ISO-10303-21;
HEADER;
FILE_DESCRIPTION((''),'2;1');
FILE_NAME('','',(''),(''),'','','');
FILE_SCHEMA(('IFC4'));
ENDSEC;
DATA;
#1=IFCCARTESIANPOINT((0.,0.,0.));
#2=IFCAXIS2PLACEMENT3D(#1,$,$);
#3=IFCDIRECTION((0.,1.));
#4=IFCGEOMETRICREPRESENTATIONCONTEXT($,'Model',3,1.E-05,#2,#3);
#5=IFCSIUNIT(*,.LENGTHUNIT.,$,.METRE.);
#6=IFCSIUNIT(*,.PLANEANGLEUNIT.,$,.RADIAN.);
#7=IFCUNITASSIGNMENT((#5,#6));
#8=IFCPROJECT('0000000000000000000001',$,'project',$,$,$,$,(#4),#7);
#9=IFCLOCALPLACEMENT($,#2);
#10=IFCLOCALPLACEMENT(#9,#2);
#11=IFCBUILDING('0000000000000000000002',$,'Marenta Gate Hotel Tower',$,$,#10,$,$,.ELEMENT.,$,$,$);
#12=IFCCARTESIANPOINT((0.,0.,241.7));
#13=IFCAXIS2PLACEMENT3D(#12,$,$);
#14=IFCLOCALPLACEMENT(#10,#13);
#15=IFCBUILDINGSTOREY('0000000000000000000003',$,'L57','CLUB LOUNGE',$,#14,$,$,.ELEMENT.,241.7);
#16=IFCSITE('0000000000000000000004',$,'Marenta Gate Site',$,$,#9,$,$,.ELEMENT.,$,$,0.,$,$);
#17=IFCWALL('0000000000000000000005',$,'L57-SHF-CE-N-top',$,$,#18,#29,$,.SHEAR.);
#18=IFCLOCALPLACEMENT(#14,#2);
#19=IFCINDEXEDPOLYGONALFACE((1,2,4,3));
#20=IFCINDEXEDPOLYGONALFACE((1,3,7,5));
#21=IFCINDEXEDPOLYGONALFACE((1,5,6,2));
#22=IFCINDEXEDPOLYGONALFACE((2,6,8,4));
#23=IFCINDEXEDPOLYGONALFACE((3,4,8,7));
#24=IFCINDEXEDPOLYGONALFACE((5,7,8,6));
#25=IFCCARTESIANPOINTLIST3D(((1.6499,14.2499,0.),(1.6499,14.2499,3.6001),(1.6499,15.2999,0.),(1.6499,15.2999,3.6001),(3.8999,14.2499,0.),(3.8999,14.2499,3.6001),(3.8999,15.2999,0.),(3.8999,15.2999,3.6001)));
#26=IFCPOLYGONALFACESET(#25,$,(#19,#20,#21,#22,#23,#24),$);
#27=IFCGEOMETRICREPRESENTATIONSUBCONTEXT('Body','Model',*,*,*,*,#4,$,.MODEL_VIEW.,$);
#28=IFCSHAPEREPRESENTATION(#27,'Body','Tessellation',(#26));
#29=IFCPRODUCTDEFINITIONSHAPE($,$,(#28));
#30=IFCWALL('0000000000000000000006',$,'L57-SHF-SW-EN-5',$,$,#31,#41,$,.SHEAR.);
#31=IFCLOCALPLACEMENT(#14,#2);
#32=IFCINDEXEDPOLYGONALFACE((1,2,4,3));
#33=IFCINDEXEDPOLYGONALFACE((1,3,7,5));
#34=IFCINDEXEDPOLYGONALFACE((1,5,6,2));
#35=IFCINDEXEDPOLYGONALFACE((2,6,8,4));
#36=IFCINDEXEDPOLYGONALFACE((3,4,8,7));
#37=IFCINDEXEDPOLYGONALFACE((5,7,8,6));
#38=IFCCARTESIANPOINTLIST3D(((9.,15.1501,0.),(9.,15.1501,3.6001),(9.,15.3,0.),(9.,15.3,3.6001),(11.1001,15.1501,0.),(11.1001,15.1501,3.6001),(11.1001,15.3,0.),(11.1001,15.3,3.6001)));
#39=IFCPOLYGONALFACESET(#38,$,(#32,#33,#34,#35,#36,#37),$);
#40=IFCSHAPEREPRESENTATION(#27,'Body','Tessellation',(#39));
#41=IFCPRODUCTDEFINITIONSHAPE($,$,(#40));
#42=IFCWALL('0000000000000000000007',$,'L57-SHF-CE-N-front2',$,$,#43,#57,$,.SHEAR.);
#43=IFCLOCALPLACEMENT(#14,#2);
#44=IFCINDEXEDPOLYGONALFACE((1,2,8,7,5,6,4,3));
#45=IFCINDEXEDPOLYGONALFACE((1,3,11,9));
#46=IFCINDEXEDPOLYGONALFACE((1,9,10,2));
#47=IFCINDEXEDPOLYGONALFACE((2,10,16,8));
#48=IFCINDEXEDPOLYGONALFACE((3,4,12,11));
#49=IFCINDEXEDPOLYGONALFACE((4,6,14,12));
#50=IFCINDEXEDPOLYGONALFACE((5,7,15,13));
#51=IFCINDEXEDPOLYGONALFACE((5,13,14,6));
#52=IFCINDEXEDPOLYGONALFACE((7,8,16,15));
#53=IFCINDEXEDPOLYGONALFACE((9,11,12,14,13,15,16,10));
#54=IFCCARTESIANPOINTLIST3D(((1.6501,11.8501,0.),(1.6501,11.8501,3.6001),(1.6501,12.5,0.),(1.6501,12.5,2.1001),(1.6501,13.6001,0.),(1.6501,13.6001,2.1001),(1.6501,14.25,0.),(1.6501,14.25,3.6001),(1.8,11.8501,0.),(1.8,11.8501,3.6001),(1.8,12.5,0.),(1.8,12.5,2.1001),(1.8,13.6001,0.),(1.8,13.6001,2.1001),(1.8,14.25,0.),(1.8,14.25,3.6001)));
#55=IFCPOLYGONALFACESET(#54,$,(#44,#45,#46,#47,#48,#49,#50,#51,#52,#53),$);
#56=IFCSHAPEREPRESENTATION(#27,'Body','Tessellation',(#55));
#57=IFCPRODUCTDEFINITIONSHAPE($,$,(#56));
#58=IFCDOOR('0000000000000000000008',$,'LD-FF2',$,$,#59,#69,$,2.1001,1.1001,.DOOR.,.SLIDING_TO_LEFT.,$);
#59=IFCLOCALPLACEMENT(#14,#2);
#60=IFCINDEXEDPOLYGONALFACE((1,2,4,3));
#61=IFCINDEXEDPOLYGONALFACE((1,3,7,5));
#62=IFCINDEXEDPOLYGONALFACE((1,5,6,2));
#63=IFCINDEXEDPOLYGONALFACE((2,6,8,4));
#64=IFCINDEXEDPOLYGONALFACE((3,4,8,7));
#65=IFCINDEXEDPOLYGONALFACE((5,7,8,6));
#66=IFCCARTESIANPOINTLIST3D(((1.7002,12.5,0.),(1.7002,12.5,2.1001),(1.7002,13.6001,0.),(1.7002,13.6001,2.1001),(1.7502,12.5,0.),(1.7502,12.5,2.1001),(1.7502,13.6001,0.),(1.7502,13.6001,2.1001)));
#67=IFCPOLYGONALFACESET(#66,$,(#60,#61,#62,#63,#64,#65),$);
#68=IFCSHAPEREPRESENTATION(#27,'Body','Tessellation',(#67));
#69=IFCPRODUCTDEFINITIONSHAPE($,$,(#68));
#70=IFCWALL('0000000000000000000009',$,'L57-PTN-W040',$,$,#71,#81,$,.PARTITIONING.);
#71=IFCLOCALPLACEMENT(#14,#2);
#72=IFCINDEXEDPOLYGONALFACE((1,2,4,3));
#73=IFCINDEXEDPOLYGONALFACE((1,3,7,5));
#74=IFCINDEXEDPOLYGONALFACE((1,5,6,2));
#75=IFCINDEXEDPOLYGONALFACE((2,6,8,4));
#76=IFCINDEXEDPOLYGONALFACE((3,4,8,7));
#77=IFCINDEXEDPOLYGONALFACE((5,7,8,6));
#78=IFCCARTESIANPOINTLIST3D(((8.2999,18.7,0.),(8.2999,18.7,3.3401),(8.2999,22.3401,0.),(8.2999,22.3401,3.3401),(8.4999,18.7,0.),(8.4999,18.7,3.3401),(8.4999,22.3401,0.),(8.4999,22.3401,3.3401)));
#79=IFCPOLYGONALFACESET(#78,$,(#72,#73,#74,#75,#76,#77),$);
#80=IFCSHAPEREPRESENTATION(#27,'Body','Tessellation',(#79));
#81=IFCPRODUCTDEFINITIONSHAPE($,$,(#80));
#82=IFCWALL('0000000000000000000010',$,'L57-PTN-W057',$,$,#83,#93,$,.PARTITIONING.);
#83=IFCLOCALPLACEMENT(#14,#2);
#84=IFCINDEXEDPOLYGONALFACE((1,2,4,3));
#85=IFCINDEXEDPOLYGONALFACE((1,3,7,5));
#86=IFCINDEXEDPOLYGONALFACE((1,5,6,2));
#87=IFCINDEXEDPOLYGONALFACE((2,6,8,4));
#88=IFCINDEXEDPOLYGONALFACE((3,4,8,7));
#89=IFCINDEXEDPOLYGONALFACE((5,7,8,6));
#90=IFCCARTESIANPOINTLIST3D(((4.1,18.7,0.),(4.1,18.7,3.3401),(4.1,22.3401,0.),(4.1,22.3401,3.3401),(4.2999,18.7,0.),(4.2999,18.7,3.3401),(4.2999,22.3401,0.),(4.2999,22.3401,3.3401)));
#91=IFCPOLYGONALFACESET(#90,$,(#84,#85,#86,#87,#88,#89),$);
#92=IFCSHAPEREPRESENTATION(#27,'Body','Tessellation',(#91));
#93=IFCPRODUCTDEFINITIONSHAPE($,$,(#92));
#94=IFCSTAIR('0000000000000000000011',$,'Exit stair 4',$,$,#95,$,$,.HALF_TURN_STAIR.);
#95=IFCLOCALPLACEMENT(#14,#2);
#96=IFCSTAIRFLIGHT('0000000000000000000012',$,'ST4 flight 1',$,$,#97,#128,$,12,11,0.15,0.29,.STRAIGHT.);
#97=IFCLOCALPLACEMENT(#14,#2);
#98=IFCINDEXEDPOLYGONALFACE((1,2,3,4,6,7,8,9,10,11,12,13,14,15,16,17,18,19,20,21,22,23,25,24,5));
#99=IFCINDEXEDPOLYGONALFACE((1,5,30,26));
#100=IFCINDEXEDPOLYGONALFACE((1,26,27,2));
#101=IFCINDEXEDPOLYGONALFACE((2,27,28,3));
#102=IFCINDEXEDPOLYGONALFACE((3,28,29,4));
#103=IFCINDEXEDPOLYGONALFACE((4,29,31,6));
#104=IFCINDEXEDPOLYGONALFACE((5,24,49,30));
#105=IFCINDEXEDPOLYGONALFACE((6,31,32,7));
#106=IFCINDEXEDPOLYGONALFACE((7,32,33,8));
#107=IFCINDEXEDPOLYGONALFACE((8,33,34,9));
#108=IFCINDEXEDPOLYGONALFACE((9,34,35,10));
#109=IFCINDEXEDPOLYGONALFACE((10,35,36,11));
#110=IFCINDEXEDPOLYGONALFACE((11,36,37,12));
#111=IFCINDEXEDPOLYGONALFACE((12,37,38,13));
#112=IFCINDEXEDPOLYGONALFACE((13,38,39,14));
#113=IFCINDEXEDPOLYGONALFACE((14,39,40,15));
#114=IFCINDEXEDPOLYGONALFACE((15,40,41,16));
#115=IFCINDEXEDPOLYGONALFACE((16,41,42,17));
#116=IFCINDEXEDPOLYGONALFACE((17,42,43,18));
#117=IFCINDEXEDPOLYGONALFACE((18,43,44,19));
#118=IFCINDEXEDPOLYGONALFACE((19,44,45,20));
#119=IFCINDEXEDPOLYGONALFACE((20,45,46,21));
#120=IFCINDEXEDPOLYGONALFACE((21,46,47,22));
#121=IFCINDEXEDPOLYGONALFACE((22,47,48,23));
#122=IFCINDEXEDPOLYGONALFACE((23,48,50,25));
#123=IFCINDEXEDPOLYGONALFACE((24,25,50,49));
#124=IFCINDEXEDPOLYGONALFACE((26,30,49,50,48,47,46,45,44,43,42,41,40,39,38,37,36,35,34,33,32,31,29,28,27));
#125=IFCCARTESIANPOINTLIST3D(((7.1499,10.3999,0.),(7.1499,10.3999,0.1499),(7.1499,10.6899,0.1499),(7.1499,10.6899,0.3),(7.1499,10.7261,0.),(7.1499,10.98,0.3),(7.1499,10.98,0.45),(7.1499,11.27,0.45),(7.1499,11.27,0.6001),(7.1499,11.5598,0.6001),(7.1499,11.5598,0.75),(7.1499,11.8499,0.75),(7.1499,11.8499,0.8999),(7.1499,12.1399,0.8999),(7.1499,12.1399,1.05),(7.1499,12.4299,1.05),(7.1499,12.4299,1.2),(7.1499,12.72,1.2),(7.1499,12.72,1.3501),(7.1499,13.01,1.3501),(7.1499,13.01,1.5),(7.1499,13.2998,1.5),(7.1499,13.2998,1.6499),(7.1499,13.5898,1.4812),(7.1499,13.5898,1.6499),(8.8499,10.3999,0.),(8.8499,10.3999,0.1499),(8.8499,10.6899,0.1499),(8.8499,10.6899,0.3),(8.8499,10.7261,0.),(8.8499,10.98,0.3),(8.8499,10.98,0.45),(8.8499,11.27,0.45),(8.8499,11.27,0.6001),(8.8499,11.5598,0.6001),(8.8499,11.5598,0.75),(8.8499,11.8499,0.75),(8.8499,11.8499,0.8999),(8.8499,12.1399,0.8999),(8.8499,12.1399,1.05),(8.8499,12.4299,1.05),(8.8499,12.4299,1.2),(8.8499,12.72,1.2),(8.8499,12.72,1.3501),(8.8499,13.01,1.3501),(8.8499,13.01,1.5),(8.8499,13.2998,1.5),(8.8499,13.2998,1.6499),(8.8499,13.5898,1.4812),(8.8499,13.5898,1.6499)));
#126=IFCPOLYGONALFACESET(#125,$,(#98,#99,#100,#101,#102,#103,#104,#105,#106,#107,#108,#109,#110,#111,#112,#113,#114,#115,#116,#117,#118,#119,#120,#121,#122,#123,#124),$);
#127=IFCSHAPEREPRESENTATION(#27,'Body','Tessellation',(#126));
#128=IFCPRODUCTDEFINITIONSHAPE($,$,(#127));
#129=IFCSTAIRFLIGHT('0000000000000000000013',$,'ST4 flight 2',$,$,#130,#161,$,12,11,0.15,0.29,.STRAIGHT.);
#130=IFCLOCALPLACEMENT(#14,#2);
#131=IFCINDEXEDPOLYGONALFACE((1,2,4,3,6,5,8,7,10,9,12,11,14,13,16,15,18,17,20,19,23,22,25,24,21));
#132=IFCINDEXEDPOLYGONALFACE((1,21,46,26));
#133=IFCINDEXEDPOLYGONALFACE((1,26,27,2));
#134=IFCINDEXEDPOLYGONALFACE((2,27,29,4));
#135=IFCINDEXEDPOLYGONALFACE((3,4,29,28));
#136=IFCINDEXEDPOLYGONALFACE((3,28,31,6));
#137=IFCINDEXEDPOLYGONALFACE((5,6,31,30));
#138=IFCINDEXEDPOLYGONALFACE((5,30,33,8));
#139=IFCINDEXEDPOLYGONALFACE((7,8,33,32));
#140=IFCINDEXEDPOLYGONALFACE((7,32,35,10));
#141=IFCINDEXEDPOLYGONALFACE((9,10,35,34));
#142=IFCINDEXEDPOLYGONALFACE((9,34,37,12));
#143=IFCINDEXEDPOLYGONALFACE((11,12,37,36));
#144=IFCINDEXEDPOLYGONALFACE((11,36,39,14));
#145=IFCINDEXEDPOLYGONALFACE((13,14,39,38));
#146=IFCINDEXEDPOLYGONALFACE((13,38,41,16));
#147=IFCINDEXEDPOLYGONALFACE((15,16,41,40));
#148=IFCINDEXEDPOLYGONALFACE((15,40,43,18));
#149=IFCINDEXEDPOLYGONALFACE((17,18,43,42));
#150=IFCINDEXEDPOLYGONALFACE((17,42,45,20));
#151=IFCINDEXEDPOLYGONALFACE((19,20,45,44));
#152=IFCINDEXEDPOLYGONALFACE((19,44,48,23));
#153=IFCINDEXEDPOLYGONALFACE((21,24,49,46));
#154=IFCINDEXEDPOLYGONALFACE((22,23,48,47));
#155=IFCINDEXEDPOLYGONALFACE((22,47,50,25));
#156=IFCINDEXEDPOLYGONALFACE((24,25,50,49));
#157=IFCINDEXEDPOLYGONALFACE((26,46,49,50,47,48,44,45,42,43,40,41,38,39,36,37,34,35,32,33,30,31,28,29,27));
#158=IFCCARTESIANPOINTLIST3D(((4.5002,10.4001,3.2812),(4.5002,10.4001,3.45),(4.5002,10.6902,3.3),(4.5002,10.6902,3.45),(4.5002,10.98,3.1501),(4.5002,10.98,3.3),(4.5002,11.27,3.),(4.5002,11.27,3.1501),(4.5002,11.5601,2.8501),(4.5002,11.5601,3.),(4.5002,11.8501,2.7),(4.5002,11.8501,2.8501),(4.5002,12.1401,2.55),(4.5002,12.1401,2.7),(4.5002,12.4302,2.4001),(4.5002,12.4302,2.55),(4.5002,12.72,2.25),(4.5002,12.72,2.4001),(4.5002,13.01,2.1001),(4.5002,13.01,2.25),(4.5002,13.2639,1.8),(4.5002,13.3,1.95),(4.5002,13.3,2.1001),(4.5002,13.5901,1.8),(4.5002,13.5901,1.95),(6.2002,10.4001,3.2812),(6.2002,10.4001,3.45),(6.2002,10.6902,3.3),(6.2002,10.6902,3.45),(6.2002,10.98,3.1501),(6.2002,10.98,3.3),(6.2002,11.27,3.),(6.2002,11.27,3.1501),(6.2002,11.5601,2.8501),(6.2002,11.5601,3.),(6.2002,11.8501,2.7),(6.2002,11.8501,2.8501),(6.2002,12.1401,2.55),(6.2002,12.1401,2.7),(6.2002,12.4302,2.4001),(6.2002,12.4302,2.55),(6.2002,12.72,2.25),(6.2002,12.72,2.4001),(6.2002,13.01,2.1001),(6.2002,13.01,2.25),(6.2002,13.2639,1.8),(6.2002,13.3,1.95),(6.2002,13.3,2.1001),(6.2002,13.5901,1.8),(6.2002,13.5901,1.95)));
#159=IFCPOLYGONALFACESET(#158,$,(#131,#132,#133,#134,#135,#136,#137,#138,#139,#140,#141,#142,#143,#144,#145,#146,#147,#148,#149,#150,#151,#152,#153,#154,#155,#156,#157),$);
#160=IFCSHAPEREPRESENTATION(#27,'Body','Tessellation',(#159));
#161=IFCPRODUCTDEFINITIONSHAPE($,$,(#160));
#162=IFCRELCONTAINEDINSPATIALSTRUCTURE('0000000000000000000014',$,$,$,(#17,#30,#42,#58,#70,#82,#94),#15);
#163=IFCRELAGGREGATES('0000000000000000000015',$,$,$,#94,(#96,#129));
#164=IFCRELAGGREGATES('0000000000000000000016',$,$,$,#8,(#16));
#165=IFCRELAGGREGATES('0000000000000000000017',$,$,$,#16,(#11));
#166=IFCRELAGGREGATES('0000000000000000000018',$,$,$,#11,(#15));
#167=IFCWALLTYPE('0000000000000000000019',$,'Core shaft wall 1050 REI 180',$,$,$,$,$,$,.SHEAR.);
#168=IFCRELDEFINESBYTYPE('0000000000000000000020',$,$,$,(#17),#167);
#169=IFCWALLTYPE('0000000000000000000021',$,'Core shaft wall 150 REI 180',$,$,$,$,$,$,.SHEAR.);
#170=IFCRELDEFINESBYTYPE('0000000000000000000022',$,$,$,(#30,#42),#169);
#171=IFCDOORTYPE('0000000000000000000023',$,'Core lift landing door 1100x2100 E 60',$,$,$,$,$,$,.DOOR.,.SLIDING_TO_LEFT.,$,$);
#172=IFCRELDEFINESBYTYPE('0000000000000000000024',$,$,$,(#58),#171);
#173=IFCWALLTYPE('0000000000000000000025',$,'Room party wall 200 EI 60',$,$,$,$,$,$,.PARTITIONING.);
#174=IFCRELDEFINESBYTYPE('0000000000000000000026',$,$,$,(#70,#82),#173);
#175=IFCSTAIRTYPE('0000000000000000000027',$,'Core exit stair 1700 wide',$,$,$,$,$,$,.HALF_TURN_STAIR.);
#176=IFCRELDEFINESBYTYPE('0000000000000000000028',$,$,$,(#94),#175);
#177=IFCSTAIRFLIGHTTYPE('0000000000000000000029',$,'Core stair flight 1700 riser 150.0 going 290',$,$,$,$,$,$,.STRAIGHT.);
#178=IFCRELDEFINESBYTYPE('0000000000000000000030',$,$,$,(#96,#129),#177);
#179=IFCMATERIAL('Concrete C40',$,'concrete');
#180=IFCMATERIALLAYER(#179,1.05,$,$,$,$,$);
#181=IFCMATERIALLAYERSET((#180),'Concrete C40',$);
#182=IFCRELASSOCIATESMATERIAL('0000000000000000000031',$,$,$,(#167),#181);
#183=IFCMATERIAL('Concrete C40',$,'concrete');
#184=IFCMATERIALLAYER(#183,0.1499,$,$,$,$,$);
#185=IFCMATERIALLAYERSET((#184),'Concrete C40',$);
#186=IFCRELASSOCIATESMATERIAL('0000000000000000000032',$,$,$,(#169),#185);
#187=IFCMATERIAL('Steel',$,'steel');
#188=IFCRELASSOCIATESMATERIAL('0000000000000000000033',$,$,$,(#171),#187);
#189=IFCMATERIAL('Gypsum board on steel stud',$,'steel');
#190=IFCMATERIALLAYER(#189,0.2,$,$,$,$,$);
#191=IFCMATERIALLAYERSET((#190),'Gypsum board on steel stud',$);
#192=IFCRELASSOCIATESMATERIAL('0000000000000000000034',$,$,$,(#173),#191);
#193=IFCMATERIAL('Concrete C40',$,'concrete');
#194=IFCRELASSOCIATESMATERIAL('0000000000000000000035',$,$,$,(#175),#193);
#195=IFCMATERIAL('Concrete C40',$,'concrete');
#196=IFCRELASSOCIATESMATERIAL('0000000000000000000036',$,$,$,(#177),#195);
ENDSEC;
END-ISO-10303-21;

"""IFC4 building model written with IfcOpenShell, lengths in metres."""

from ifc_helpers import new_model, si_unit, direction, frame, frame_2d, origin, place, context, subcontext, project, spatial, polyline, rectangle, outline, extrude, material, layer, layer_set, type_object, element, fill, aggregate, save


model = new_model("IFC4")

# Units and contexts
model_context = context("Model", 3, precision=1e-05, world=origin(), true_north=direction((0.0, 1.0)))
body_context = subcontext(model_context, "Body", "Model", "MODEL_VIEW")
ifc_project = project(units=[si_unit("LENGTHUNIT", "METRE"), si_unit("PLANEANGLEUNIT", "RADIAN")], contexts=[model_context])

# Site, building, storey
site_placement = place(None, origin())
site = spatial("IfcSite", under=ifc_project, at=site_placement, Name="Marenta Gate Site", CompositionType="ELEMENT", RefElevation=0.0)
building_placement = place(site_placement, origin())
building = spatial("IfcBuilding", under=site, at=building_placement, Name="Marenta Gate Hotel Tower", CompositionType="ELEMENT")
storey_placement = place(building_placement, frame((0.0, 0.0, 241.7)))
storey = spatial("IfcBuildingStorey", under=building, at=storey_placement, Name="L57", Description="CLUB LOUNGE", CompositionType="ELEMENT", Elevation=241.7)

# Walls
ifc_material_1 = material(Name="Concrete C40", Category="concrete")
ifc_layer_1 = layer(ifc_material_1, 1.05)
ifc_layer_set_1 = layer_set([ifc_layer_1], Name="Concrete C40")
wall_type_1 = type_object("IfcWallType", Name="Core shaft wall 1050 REI 180", PredefinedType="SHEAR", material=ifc_layer_set_1)
wall_1_placement = place(storey_placement, frame((1.6499, 14.7749, 0.0), z_axis=(0.0, 0.0, 1.0), x_axis=(1.0, 0.0, 0.0)))
element("IfcWall", 1, at=wall_1_placement, inside=storey, type_object=wall_type_1, Name="L57-SHF-CE-N-top", PredefinedType="SHEAR", context=body_context, shape_type="SweptSolid", body=[
    extrude(rectangle(XDim=2.25, YDim=1.05, at=frame_2d((1.125, 0.0))), origin(), (0.0, 0.0, 1.0), 3.6001),
])
ifc_material_2 = material(Name="Concrete C40", Category="concrete")
ifc_layer_2 = layer(ifc_material_2, 0.1499)
ifc_layer_set_2 = layer_set([ifc_layer_2], Name="Concrete C40")
wall_type_2 = type_object("IfcWallType", Name="Core shaft wall 150 REI 180", PredefinedType="SHEAR", material=ifc_layer_set_2)
wall_2_placement = place(storey_placement, frame((9.0, 15.2251, 0.0), z_axis=(0.0, 0.0, 1.0), x_axis=(1.0, 0.0, 0.0)))
element("IfcWall", 2, at=wall_2_placement, inside=storey, type_object=wall_type_2, Name="L57-SHF-SW-EN-5", PredefinedType="SHEAR", context=body_context, shape_type="SweptSolid", body=[
    extrude(rectangle(XDim=2.1001, YDim=0.1499, at=frame_2d((1.05, 0.0))), origin(), (0.0, 0.0, 1.0), 3.6001),
])

# Wall, opening, door
wall_3_placement = place(storey_placement, frame((1.7251, 11.8501, 0.0), z_axis=(0.0, 0.0, 1.0), x_axis=(0.0, 1.0, 0.0)))
wall_3 = element("IfcWall", 3, at=wall_3_placement, inside=storey, type_object=wall_type_2, Name="L57-SHF-CE-N-front2", PredefinedType="SHEAR", context=body_context, shape_type="SweptSolid", body=[
    extrude(rectangle(XDim=2.3999, YDim=0.1499, at=frame_2d((1.2, 0.0))), origin(), (0.0, 0.0, 1.0), 3.6001),
])
opening_placement = place(wall_3_placement, frame((0.6499, 0.0, 0.0)))
opening = element("IfcOpeningElement", 4, at=opening_placement, cuts=wall_3, PredefinedType="OPENING", context=body_context, shape_type="SweptSolid", body=[
    extrude(rectangle(XDim=1.1001, YDim=2.1001, at=frame_2d((0.55, 1.05))), frame((0.0, 0.075, 0.0), z_axis=(0.0, -1.0, 0.0), x_axis=(1.0, 0.0, 0.0)), (0.0, 0.0, 1.0), 0.1499),
])
ifc_material_3 = material(Name="Steel", Category="steel")
door_type = type_object("IfcDoorType", Name="Core lift landing door 1100x2100 E 60", OperationType="SLIDING_TO_LEFT", PredefinedType="DOOR", material=ifc_material_3)
door_placement = place(opening_placement, origin())
door = element("IfcDoor", 5, at=door_placement, inside=storey, type_object=door_type, Name="LD-FF2", OperationType="SLIDING_TO_LEFT", OverallHeight=2.1001, OverallWidth=1.1001, PredefinedType="DOOR", context=body_context, shape_type="SweptSolid", body=[
    extrude(rectangle(XDim=1.1001, YDim=2.1001, at=frame_2d((0.55, 1.05))), frame((0.0, 0.0249, 0.0), z_axis=(0.0, -1.0, 0.0), x_axis=(1.0, 0.0, 0.0)), (0.0, 0.0, 1.0), 0.05),
])
fill(opening, door)

# Walls
ifc_material_4 = material(Name="Gypsum board on steel stud", Category="steel")
ifc_layer_3 = layer(ifc_material_4, 0.2)
ifc_layer_set_3 = layer_set([ifc_layer_3], Name="Gypsum board on steel stud")
wall_type_3 = type_object("IfcWallType", Name="Room party wall 200 EI 60", PredefinedType="PARTITIONING", material=ifc_layer_set_3)
for number, where, z_axis, x_axis, name in (
    (6, (8.3999, 18.7, 0.0), (0.0, 0.0, 1.0), (0.0, 1.0, 0.0), "L57-PTN-W040"),
    (7, (4.2, 18.7, 0.0), (0.0, 0.0, 1.0), (0.0, 1.0, 0.0), "L57-PTN-W057"),
):
    element("IfcWall", number, at=place(storey_placement, frame(where, z_axis=z_axis, x_axis=x_axis)), inside=storey, type_object=wall_type_3, Name=name, PredefinedType="PARTITIONING", context=body_context, shape_type="SweptSolid", body=[
        extrude(rectangle(XDim=3.6401, YDim=0.2, at=frame_2d((1.8201, 0.0))), origin(), (0.0, 0.0, 1.0), 3.3401),
    ])

# Stair, stair flights
ifc_material_5 = material(Name="Concrete C40", Category="concrete")
stair_type = type_object("IfcStairType", Name="Core exit stair 1700 wide", PredefinedType="HALF_TURN_STAIR", material=ifc_material_5)
stair_placement = place(storey_placement, origin())
stair = element("IfcStair", 8, at=stair_placement, inside=storey, type_object=stair_type, Name="Exit stair 4", PredefinedType="HALF_TURN_STAIR")
ifc_material_6 = material(Name="Concrete C40", Category="concrete")
stair_flight_type = type_object("IfcStairFlightType", Name="Core stair flight 1700 riser 150.0 going 290", PredefinedType="STRAIGHT", material=ifc_material_6)
stair_flight_1_placement = place(storey_placement, frame((8.0, 10.3999, 0.0), z_axis=(0.0, 0.0, 1.0), x_axis=(0.0, 1.0, 0.0)))
stair_flight_1 = element("IfcStairFlight", 9, at=stair_flight_1_placement, type_object=stair_flight_type, Name="ST4 flight 1", NumberOfRisers=12, NumberOfTreads=11, PredefinedType="STRAIGHT", RiserHeight=0.15, TreadLength=0.29, context=body_context, shape_type="SweptSolid", body=[
    extrude(outline(polyline([(0.0, 0.0), (0.0, 0.1499), (0.29, 0.1499), (0.29, 0.3), (0.5801, 0.3), (0.5801, 0.45), (0.8701, 0.45), (0.8701, 0.6001), (1.1599, 0.6001), (1.1599, 0.75), (1.45, 0.75), (1.45, 0.8999), (1.74, 0.8999), (1.74, 1.05), (2.03, 1.05), (2.03, 1.2), (2.3201, 1.2), (2.3201, 1.3501), (2.6101, 1.3501), (2.6101, 1.5), (2.8999, 1.5), (2.8999, 1.6499), (3.1899, 1.6499), (3.1899, 1.8), (3.1899, 1.4812), (0.3262, 0.0), (0.0, 0.0)])), frame((0.0, 0.8501, 0.0), z_axis=(0.0, -1.0, 0.0), x_axis=(1.0, 0.0, 0.0)), (0.0, 0.0, 1.0), 1.7),
])
stair_flight_2_placement = place(storey_placement, frame((5.3501, 13.5901, 1.8), z_axis=(0.0, 0.0, 1.0), x_axis=(0.0, -1.0, 0.0)))
stair_flight_2 = element("IfcStairFlight", 10, at=stair_flight_2_placement, type_object=stair_flight_type, Name="ST4 flight 2", NumberOfRisers=12, NumberOfTreads=11, PredefinedType="STRAIGHT", RiserHeight=0.15, TreadLength=0.29, context=body_context, shape_type="SweptSolid", body=[
    extrude(outline(polyline([(0.0, 0.0), (0.0, 0.1499), (0.29, 0.1499), (0.29, 0.3), (0.5801, 0.3), (0.5801, 0.45), (0.8701, 0.45), (0.8701, 0.6001), (1.1599, 0.6001), (1.1599, 0.75), (1.45, 0.75), (1.45, 0.8999), (1.74, 0.8999), (1.74, 1.05), (2.03, 1.05), (2.03, 1.2), (2.3201, 1.2), (2.3201, 1.3501), (2.6101, 1.3501), (2.6101, 1.5), (2.8999, 1.5), (2.8999, 1.6499), (3.1899, 1.6499), (3.1899, 1.8), (3.1899, 1.4812), (0.3262, 0.0), (0.0, 0.0)])), frame((0.0, 0.8501, 0.0), z_axis=(0.0, -1.0, 0.0), x_axis=(1.0, 0.0, 0.0)), (0.0, 0.0, 1.0), 1.7),
])
aggregate(stair, [stair_flight_1, stair_flight_2])

save(model, "model.ifc")
